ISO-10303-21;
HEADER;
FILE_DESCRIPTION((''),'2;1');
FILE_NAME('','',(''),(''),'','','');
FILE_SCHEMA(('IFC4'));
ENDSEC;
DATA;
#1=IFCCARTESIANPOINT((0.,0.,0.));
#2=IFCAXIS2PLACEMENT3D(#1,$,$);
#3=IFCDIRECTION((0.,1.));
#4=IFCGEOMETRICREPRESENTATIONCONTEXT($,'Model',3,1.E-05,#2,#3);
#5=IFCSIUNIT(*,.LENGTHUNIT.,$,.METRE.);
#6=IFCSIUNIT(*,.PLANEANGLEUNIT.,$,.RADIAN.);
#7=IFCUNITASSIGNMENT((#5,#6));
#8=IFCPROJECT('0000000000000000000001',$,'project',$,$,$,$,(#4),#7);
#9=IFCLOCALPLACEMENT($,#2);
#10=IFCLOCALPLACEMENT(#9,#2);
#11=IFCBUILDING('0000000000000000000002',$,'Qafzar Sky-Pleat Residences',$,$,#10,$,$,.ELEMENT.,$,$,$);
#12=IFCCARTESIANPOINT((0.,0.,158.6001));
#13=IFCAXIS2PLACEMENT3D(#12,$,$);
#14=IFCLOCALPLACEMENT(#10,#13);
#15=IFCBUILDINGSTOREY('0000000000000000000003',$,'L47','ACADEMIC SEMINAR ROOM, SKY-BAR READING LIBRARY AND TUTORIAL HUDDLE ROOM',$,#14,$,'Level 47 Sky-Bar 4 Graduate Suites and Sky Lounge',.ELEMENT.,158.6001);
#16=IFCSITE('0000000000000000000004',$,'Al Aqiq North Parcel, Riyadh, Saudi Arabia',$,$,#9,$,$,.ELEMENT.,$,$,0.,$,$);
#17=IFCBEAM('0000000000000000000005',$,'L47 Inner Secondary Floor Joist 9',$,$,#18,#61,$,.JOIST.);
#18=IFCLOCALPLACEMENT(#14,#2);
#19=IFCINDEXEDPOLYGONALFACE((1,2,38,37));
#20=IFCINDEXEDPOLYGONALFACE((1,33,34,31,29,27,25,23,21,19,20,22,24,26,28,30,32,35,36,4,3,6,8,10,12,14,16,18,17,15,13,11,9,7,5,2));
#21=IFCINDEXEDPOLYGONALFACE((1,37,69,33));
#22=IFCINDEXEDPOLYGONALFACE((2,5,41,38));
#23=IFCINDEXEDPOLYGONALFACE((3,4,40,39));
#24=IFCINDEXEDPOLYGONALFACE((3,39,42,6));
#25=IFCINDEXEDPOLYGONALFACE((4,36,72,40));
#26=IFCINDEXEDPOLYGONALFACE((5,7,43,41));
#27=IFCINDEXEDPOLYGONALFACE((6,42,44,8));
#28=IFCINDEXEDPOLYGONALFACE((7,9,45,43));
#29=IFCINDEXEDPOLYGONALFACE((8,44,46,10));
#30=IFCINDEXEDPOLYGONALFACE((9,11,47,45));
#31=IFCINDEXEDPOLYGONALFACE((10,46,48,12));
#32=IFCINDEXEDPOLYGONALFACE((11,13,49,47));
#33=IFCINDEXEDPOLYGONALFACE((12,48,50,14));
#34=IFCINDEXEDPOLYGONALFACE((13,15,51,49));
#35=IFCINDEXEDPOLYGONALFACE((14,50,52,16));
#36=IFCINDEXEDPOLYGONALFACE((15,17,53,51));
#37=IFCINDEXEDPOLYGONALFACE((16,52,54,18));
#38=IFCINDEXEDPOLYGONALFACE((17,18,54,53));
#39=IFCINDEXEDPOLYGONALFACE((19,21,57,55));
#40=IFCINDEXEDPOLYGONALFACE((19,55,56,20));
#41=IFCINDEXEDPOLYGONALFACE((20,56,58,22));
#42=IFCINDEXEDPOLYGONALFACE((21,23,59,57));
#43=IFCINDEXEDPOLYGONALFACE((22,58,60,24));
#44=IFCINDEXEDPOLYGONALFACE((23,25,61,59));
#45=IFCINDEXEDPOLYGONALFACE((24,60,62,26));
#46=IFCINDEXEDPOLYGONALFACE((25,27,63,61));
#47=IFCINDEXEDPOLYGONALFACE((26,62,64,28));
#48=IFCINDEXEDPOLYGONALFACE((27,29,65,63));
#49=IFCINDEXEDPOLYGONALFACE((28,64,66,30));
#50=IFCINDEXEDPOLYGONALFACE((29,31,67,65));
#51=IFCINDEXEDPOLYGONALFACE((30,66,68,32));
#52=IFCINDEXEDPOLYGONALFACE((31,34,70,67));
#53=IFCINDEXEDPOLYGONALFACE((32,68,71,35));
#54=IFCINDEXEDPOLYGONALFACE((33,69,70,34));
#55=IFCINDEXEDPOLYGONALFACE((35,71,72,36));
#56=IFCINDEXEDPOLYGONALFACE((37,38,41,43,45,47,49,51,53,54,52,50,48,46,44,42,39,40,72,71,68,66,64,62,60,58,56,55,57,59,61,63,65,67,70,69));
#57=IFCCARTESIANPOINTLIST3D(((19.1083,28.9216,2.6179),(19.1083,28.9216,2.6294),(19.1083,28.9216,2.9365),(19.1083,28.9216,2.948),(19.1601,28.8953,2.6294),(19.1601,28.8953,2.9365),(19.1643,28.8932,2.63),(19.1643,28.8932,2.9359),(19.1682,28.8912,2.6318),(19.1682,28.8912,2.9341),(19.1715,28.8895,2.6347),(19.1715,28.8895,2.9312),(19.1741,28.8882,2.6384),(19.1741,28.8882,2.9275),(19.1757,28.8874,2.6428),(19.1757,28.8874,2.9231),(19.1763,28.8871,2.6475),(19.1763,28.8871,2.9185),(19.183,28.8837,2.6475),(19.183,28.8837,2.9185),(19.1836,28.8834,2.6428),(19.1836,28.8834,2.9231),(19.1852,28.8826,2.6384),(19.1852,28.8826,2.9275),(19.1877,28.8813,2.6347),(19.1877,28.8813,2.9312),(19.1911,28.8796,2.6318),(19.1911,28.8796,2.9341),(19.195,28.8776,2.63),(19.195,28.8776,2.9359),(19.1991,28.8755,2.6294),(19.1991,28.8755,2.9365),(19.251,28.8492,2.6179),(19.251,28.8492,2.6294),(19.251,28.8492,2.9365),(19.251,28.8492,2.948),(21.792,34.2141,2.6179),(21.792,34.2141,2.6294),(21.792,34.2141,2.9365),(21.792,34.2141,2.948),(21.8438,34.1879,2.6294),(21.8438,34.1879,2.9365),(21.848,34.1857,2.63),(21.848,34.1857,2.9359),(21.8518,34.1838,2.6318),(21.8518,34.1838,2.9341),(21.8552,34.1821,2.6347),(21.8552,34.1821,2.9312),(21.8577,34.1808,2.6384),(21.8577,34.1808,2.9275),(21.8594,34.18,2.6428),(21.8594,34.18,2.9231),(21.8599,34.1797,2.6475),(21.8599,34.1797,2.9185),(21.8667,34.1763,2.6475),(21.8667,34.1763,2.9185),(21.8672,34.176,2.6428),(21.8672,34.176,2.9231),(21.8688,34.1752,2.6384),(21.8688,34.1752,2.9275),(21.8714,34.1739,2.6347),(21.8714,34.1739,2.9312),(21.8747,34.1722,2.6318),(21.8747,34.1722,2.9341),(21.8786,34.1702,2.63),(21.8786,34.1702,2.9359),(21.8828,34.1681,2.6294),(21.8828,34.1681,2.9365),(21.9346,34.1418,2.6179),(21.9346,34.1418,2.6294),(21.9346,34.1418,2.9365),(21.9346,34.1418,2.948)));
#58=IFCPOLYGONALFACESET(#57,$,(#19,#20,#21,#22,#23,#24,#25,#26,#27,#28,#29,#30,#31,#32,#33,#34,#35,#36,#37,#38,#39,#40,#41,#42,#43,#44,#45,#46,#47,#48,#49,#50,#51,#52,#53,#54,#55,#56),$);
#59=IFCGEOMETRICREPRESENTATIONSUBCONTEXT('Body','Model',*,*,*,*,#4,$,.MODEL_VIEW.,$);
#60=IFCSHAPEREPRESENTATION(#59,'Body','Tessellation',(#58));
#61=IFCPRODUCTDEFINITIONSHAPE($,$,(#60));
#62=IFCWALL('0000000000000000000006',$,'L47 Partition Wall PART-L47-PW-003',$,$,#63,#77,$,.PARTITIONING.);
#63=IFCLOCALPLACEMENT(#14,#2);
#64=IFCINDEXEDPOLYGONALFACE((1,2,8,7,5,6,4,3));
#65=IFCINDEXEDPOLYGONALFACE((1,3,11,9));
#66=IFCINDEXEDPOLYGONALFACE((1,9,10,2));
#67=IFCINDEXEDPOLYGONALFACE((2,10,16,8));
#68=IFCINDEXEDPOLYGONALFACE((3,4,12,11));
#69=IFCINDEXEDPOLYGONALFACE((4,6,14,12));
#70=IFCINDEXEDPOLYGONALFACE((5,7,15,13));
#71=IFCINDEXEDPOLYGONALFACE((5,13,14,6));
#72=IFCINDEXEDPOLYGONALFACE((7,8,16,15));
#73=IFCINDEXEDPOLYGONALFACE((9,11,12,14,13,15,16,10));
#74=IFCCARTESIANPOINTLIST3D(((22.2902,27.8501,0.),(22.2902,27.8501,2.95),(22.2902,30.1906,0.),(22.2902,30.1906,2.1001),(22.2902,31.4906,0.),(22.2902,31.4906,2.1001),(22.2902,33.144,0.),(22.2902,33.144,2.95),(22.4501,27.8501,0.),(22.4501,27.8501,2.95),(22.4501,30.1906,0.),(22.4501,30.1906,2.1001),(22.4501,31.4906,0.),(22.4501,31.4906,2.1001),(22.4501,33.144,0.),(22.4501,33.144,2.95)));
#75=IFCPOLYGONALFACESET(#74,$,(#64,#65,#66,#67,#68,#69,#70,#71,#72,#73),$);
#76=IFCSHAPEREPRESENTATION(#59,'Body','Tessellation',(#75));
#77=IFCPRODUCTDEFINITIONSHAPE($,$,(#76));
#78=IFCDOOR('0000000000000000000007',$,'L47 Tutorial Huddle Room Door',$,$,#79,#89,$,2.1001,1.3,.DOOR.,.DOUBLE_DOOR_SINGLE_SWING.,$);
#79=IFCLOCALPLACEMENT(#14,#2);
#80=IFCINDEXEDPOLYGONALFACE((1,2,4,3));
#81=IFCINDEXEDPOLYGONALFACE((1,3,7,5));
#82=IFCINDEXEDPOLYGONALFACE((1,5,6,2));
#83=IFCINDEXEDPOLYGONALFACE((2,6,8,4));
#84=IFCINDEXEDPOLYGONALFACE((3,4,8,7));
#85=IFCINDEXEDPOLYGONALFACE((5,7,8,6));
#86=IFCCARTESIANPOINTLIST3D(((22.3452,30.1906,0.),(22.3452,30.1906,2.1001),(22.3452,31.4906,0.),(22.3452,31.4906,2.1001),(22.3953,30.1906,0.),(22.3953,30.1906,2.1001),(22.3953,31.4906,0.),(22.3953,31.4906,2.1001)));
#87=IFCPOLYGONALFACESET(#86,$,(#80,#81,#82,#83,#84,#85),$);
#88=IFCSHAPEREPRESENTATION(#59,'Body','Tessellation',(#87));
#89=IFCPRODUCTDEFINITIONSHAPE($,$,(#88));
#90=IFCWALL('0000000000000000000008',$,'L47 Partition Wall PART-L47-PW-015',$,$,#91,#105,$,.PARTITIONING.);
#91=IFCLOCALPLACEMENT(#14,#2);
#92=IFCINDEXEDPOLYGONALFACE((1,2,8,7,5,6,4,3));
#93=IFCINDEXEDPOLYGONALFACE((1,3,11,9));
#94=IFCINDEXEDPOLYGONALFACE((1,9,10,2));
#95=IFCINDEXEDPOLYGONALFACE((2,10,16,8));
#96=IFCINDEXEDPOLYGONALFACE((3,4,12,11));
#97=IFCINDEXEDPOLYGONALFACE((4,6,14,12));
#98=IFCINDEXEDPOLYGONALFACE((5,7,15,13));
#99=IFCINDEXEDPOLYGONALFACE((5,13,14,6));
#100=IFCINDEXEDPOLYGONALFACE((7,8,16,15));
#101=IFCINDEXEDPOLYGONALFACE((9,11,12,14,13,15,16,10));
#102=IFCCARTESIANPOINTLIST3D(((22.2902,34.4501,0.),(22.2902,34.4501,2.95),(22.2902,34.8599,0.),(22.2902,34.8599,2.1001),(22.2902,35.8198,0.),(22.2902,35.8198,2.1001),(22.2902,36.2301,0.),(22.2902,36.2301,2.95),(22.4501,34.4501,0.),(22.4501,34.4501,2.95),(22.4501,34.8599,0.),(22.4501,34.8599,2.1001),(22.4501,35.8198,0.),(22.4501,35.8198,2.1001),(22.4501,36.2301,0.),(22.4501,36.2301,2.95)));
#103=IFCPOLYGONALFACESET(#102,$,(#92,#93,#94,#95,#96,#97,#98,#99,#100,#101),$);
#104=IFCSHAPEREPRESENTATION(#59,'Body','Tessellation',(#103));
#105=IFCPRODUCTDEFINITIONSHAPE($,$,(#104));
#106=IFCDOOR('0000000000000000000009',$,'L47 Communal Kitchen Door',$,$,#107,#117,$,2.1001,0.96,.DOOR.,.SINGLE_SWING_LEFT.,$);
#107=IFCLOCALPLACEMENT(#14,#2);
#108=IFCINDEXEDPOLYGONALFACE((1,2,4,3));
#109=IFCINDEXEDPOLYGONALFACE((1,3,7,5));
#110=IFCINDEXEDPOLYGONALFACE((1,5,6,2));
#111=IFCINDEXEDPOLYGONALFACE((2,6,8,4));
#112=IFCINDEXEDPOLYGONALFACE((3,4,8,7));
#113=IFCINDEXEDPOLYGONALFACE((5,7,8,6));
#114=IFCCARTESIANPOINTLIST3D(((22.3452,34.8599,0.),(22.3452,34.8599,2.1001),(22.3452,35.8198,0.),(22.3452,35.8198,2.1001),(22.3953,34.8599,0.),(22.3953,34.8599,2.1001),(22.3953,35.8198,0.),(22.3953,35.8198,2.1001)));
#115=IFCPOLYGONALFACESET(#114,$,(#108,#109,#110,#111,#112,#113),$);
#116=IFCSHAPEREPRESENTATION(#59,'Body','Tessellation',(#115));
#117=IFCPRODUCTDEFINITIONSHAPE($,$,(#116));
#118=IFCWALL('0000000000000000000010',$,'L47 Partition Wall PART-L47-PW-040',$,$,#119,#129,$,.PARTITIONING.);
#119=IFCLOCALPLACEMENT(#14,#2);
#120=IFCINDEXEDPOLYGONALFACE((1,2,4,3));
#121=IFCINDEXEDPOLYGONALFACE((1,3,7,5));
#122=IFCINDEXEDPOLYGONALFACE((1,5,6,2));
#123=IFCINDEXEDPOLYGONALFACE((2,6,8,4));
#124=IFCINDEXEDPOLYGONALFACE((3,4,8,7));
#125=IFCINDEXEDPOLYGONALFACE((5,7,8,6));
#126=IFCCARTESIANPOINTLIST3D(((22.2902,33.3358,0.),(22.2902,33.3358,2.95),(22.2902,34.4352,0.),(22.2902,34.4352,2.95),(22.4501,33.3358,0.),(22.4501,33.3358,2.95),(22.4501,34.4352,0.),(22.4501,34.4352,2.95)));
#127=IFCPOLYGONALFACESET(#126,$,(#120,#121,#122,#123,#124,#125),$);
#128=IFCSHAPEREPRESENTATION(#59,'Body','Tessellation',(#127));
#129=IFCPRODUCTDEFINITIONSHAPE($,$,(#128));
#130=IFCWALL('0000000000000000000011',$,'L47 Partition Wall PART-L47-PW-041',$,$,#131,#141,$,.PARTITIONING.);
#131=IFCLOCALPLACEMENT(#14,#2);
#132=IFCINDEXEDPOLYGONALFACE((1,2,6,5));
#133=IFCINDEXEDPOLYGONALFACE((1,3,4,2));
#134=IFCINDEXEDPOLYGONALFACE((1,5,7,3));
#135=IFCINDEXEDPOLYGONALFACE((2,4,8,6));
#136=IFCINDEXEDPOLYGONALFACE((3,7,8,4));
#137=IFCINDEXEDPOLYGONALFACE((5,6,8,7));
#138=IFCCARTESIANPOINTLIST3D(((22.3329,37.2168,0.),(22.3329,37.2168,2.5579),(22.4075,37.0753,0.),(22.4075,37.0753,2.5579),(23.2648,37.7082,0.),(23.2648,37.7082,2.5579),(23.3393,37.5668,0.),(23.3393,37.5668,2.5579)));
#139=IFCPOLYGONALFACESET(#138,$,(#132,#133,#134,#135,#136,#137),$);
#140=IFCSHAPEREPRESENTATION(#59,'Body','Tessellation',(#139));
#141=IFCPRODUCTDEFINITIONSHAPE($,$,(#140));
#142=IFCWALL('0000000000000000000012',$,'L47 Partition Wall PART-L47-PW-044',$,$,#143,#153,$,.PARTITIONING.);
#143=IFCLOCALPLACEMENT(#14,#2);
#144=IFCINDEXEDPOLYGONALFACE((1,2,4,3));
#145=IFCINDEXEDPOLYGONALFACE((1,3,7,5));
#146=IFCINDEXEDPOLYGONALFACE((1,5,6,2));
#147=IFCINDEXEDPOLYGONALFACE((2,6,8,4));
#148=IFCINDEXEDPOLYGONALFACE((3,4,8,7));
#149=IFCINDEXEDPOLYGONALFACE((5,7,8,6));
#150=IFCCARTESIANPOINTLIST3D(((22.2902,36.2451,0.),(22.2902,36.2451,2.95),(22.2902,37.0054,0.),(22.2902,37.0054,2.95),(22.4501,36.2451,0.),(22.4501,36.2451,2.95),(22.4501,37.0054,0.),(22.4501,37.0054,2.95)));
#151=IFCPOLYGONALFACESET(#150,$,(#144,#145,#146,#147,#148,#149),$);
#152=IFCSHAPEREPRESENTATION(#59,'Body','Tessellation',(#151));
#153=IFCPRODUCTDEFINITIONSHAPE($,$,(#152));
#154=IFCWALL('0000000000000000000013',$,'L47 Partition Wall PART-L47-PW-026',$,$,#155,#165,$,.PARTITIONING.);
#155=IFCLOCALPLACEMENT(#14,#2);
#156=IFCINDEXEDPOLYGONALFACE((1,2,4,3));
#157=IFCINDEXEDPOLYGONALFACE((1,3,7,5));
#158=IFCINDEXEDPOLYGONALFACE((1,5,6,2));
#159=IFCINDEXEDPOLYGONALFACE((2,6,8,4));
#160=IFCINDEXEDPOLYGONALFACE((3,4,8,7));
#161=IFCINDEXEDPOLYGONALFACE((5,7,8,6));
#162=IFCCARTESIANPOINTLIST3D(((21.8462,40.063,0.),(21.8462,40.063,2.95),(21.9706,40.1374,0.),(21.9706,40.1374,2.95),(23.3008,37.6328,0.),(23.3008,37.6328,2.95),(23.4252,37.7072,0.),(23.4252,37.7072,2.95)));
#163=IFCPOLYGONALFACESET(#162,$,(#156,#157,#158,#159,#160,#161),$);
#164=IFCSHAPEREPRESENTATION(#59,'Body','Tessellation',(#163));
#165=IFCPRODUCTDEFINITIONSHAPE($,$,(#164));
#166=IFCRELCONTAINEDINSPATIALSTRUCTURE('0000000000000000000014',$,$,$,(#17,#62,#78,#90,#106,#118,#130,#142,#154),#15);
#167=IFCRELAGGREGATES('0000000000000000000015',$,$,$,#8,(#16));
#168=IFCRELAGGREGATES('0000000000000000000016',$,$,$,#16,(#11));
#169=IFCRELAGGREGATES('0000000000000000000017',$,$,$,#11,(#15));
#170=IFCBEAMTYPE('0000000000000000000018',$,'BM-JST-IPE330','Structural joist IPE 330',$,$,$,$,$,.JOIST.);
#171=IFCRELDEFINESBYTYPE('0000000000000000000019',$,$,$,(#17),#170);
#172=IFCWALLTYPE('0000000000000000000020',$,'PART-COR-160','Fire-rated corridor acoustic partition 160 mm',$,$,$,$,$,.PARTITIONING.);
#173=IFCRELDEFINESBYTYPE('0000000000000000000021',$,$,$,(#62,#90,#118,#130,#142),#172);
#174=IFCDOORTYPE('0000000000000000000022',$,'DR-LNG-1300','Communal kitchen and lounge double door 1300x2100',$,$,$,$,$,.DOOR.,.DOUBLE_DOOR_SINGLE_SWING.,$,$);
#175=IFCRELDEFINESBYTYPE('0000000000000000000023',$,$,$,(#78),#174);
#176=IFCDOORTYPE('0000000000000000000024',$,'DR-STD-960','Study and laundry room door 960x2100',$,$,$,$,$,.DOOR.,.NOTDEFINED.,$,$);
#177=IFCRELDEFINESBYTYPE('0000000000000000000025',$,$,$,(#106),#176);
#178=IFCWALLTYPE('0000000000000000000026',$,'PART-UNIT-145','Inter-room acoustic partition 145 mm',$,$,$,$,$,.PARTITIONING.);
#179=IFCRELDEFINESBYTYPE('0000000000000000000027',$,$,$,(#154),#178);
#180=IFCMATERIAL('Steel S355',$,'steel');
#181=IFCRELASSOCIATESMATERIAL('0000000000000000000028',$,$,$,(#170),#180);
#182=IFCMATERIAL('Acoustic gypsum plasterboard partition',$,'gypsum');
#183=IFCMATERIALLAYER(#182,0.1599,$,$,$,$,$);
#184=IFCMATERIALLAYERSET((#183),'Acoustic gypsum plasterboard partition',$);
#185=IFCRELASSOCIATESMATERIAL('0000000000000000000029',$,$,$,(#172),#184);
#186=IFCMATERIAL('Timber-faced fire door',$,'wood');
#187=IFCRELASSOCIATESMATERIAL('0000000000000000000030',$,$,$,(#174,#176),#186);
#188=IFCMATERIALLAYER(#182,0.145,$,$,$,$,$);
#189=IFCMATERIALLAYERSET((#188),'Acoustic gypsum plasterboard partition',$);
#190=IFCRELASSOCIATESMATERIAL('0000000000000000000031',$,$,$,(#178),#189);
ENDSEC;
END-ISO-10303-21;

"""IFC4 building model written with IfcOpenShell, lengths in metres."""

from ifc_helpers import new_model, si_unit, direction, frame, frame_2d, origin, origin_2d, place, context, subcontext, project, spatial, rectangle, i_section, extrude, source, transform, mapped, material, layer, layer_set, material_profile, profile_set, type_object, element, fill, save


model = new_model("IFC4")

# Units and contexts
model_context = context("Model", 3, precision=1e-05, world=origin(), true_north=direction((0.0, 1.0)))
body_context = subcontext(model_context, "Body", "Model", "MODEL_VIEW")
ifc_project = project(units=[si_unit("LENGTHUNIT", "METRE"), si_unit("PLANEANGLEUNIT", "RADIAN")], contexts=[model_context])

# Site, building, storey
site_placement = place(None, origin())
site = spatial("IfcSite", under=ifc_project, at=site_placement, Name="Al Aqiq North Parcel, Riyadh, Saudi Arabia", CompositionType="ELEMENT", RefElevation=0.0)
building_placement = place(site_placement, origin())
building = spatial("IfcBuilding", under=site, at=building_placement, Name="Qafzar Sky-Pleat Residences", CompositionType="ELEMENT")
storey_placement = place(building_placement, frame((0.0, 0.0, 158.6001)))
storey = spatial("IfcBuildingStorey", under=building, at=storey_placement, Name="L47", Description="ACADEMIC SEMINAR ROOM, SKY-BAR READING LIBRARY AND TUTORIAL HUDDLE ROOM", LongName="Level 47 Sky-Bar 4 Graduate Suites and Sky Lounge", CompositionType="ELEMENT", Elevation=158.6001)

# Beam
ifc_material_1 = material(Name="Steel S355", Category="steel")
ifc_material_profile_1 = material_profile(ifc_material_1, i_section(OverallWidth=0.1599, OverallDepth=0.3301, WebThickness=0.0076, FlangeThickness=0.0115, FilletRadius=0.0181, at=origin_2d()), Name="IPE 330")
ifc_profile_set_1 = profile_set([ifc_material_profile_1], Name="Steel S355")
beam_type_1 = type_object("IfcBeamType", Name="BM-JST-IPE330", Description="Structural joist IPE 330", PredefinedType="JOIST", material=ifc_profile_set_1)
shared_shape_1 = source(origin(), body_context, "Body", "SweptSolid", [
    extrude(i_section(OverallWidth=0.1599, OverallDepth=0.3301, WebThickness=0.0076, FlangeThickness=0.0115, FilletRadius=0.0181, at=origin_2d()), origin(), (0.0, 0.0, 1.0), 5.9341),
])
beam_1_placement = place(storey_placement, frame((21.8633, 34.178, 2.783), z_axis=(-0.452242, -0.891895, 0.0), x_axis=(0.891895, -0.452242, 0.0)))
element("IfcBeam", 1, at=beam_1_placement, inside=storey, type_object=beam_type_1, Name="L47 Inner Secondary Floor Joist 9", PredefinedType="JOIST", context=body_context, shape_type="MappedRepresentation", body=[
    mapped(shared_shape_1, transform((0.0, 0.0, 0.0), x_axis=(1.0, 0.0, 0.0), y_axis=(0.0, 1.0, 0.0), z_axis=(0.0, 0.0, 1.0), scale=1.0)),
])

# Walls, openings, doors
ifc_material_2 = material(Name="Acoustic gypsum plasterboard partition", Category="gypsum")
ifc_layer_1 = layer(ifc_material_2, 0.1599)
ifc_layer_set_1 = layer_set([ifc_layer_1], Name="Acoustic gypsum plasterboard partition")
wall_type_1 = type_object("IfcWallType", Name="PART-COR-160", Description="Fire-rated corridor acoustic partition 160 mm", PredefinedType="PARTITIONING", material=ifc_layer_set_1)
wall_1_placement = place(storey_placement, frame((22.3701, 27.8501, 0.0), z_axis=(0.0, 0.0, 1.0), x_axis=(0.0, 1.0, 0.0)))
wall_1 = element("IfcWall", 2, at=wall_1_placement, inside=storey, type_object=wall_type_1, Name="L47 Partition Wall PART-L47-PW-003", PredefinedType="PARTITIONING", context=body_context, shape_type="SweptSolid", body=[
    extrude(rectangle(XDim=5.2939, YDim=0.1599, at=frame_2d((2.647, 0.0))), origin(), (0.0, 0.0, 1.0), 2.95),
])
opening_1_placement = place(wall_1_placement, frame((2.3406, 0.0, 0.0)))
opening_1 = element("IfcOpeningElement", 3, at=opening_1_placement, cuts=wall_1, PredefinedType="OPENING", context=body_context, shape_type="SweptSolid", body=[
    extrude(rectangle(XDim=1.3, YDim=2.1001, at=frame_2d((0.6499, 1.05))), frame((0.0, 0.0898, 0.0), z_axis=(0.0, -1.0, 0.0), x_axis=(1.0, 0.0, 0.0)), (0.0, 0.0, 1.0), 0.1799),
])
ifc_material_3 = material(Name="Timber-faced fire door", Category="wood")
door_type_1 = type_object("IfcDoorType", Name="DR-LNG-1300", Description="Communal kitchen and lounge double door 1300x2100", OperationType="DOUBLE_DOOR_SINGLE_SWING", PredefinedType="DOOR", material=ifc_material_3)
shared_shape_2 = source(origin(), body_context, "Body", "SweptSolid", [
    extrude(rectangle(XDim=1.3, YDim=2.1001, at=frame_2d((0.6499, 1.05))), frame((0.0, 0.0249, 0.0), z_axis=(0.0, -1.0, 0.0), x_axis=(1.0, 0.0, 0.0)), (0.0, 0.0, 1.0), 0.05),
])
door_1_placement = place(opening_1_placement, origin())
door_1 = element("IfcDoor", 4, at=door_1_placement, inside=storey, type_object=door_type_1, Name="L47 Tutorial Huddle Room Door", OperationType="DOUBLE_DOOR_SINGLE_SWING", OverallHeight=2.1001, OverallWidth=1.3, PredefinedType="DOOR", context=body_context, shape_type="MappedRepresentation", body=[
    mapped(shared_shape_2, transform((0.0, 0.0, 0.0), x_axis=(1.0, 0.0, 0.0), y_axis=(0.0, 1.0, 0.0), z_axis=(0.0, 0.0, 1.0), scale=1.0)),
])
fill(opening_1, door_1)
wall_2_placement = place(storey_placement, frame((22.3701, 34.45, 0.0), z_axis=(0.0, 0.0, 1.0), x_axis=(0.0, 1.0, 0.0)))
wall_2 = element("IfcWall", 5, at=wall_2_placement, inside=storey, type_object=wall_type_1, Name="L47 Partition Wall PART-L47-PW-015", PredefinedType="PARTITIONING", context=body_context, shape_type="SweptSolid", body=[
    extrude(rectangle(XDim=1.78, YDim=0.1599, at=frame_2d((0.8901, 0.0))), origin(), (0.0, 0.0, 1.0), 2.95),
])
opening_2_placement = place(wall_2_placement, frame((0.4099, 0.0, 0.0)))
opening_2 = element("IfcOpeningElement", 6, at=opening_2_placement, cuts=wall_2, PredefinedType="OPENING", context=body_context, shape_type="SweptSolid", body=[
    extrude(rectangle(XDim=0.96, YDim=2.1001, at=frame_2d((0.48, 1.05))), frame((0.0, 0.0898, 0.0), z_axis=(0.0, -1.0, 0.0), x_axis=(1.0, 0.0, 0.0)), (0.0, 0.0, 1.0), 0.1799),
])
door_type_2 = type_object("IfcDoorType", Name="DR-STD-960", Description="Study and laundry room door 960x2100", OperationType="NOTDEFINED", PredefinedType="DOOR", material=ifc_material_3)
shared_shape_3 = source(origin(), body_context, "Body", "SweptSolid", [
    extrude(rectangle(XDim=0.96, YDim=2.1001, at=frame_2d((0.48, 1.05))), frame((0.0, 0.0249, 0.0), z_axis=(0.0, -1.0, 0.0), x_axis=(1.0, 0.0, 0.0)), (0.0, 0.0, 1.0), 0.05),
])
door_2_placement = place(opening_2_placement, origin())
door_2 = element("IfcDoor", 7, at=door_2_placement, inside=storey, type_object=door_type_2, Name="L47 Communal Kitchen Door", OperationType="SINGLE_SWING_LEFT", OverallHeight=2.1001, OverallWidth=0.96, PredefinedType="DOOR", context=body_context, shape_type="MappedRepresentation", body=[
    mapped(shared_shape_3, transform((0.0, 0.0, 0.0), x_axis=(1.0, 0.0, 0.0), y_axis=(0.0, 1.0, 0.0), z_axis=(0.0, 0.0, 1.0), scale=1.0)),
])
fill(opening_2, door_2)

# Walls
wall_3_placement = place(storey_placement, frame((22.3701, 33.3357, 0.0), z_axis=(0.0, 0.0, 1.0), x_axis=(0.0, 1.0, 0.0)))
element("IfcWall", 8, at=wall_3_placement, inside=storey, type_object=wall_type_1, Name="L47 Partition Wall PART-L47-PW-040", PredefinedType="PARTITIONING", context=body_context, shape_type="SweptSolid", body=[
    extrude(rectangle(XDim=1.0994, YDim=0.1599, at=frame_2d((0.5498, 0.0))), origin(), (0.0, 0.0, 1.0), 2.95),
])
wall_4_placement = place(storey_placement, frame((22.3701, 37.146, 0.0), z_axis=(0.0, 0.0, 1.0), x_axis=(0.884531, 0.466482, 0.0)))
element("IfcWall", 9, at=wall_4_placement, inside=storey, type_object=wall_type_1, Name="L47 Partition Wall PART-L47-PW-041", PredefinedType="PARTITIONING", context=body_context, shape_type="SweptSolid", body=[
    extrude(rectangle(XDim=1.0535, YDim=0.1599, at=frame_2d((0.5269, 0.0))), origin(), (0.0, 0.0, 1.0), 2.5579),
])
wall_5_placement = place(storey_placement, frame((22.3701, 36.2451, 0.0), z_axis=(0.0, 0.0, 1.0), x_axis=(0.0, 1.0, 0.0)))
element("IfcWall", 10, at=wall_5_placement, inside=storey, type_object=wall_type_1, Name="L47 Partition Wall PART-L47-PW-044", PredefinedType="PARTITIONING", context=body_context, shape_type="SweptSolid", body=[
    extrude(rectangle(XDim=0.7603, YDim=0.1599, at=frame_2d((0.3801, 0.0))), origin(), (0.0, 0.0, 1.0), 2.95),
])
ifc_layer_2 = layer(ifc_material_2, 0.145)
ifc_layer_set_2 = layer_set([ifc_layer_2], Name="Acoustic gypsum plasterboard partition")
wall_type_2 = type_object("IfcWallType", Name="PART-UNIT-145", Description="Inter-room acoustic partition 145 mm", PredefinedType="PARTITIONING", material=ifc_layer_set_2)
wall_6_placement = place(storey_placement, frame((21.9084, 40.1001, 0.0), z_axis=(0.0, 0.0, 1.0), x_axis=(0.513583, -0.85804, 0.0)))
element("IfcWall", 11, at=wall_6_placement, inside=storey, type_object=wall_type_2, Name="L47 Partition Wall PART-L47-PW-026", PredefinedType="PARTITIONING", context=body_context, shape_type="SweptSolid", body=[
    extrude(rectangle(XDim=2.8323, YDim=0.145, at=frame_2d((1.416, 0.0))), origin(), (0.0, 0.0, 1.0), 2.95),
])

save(model, "model.ifc")
